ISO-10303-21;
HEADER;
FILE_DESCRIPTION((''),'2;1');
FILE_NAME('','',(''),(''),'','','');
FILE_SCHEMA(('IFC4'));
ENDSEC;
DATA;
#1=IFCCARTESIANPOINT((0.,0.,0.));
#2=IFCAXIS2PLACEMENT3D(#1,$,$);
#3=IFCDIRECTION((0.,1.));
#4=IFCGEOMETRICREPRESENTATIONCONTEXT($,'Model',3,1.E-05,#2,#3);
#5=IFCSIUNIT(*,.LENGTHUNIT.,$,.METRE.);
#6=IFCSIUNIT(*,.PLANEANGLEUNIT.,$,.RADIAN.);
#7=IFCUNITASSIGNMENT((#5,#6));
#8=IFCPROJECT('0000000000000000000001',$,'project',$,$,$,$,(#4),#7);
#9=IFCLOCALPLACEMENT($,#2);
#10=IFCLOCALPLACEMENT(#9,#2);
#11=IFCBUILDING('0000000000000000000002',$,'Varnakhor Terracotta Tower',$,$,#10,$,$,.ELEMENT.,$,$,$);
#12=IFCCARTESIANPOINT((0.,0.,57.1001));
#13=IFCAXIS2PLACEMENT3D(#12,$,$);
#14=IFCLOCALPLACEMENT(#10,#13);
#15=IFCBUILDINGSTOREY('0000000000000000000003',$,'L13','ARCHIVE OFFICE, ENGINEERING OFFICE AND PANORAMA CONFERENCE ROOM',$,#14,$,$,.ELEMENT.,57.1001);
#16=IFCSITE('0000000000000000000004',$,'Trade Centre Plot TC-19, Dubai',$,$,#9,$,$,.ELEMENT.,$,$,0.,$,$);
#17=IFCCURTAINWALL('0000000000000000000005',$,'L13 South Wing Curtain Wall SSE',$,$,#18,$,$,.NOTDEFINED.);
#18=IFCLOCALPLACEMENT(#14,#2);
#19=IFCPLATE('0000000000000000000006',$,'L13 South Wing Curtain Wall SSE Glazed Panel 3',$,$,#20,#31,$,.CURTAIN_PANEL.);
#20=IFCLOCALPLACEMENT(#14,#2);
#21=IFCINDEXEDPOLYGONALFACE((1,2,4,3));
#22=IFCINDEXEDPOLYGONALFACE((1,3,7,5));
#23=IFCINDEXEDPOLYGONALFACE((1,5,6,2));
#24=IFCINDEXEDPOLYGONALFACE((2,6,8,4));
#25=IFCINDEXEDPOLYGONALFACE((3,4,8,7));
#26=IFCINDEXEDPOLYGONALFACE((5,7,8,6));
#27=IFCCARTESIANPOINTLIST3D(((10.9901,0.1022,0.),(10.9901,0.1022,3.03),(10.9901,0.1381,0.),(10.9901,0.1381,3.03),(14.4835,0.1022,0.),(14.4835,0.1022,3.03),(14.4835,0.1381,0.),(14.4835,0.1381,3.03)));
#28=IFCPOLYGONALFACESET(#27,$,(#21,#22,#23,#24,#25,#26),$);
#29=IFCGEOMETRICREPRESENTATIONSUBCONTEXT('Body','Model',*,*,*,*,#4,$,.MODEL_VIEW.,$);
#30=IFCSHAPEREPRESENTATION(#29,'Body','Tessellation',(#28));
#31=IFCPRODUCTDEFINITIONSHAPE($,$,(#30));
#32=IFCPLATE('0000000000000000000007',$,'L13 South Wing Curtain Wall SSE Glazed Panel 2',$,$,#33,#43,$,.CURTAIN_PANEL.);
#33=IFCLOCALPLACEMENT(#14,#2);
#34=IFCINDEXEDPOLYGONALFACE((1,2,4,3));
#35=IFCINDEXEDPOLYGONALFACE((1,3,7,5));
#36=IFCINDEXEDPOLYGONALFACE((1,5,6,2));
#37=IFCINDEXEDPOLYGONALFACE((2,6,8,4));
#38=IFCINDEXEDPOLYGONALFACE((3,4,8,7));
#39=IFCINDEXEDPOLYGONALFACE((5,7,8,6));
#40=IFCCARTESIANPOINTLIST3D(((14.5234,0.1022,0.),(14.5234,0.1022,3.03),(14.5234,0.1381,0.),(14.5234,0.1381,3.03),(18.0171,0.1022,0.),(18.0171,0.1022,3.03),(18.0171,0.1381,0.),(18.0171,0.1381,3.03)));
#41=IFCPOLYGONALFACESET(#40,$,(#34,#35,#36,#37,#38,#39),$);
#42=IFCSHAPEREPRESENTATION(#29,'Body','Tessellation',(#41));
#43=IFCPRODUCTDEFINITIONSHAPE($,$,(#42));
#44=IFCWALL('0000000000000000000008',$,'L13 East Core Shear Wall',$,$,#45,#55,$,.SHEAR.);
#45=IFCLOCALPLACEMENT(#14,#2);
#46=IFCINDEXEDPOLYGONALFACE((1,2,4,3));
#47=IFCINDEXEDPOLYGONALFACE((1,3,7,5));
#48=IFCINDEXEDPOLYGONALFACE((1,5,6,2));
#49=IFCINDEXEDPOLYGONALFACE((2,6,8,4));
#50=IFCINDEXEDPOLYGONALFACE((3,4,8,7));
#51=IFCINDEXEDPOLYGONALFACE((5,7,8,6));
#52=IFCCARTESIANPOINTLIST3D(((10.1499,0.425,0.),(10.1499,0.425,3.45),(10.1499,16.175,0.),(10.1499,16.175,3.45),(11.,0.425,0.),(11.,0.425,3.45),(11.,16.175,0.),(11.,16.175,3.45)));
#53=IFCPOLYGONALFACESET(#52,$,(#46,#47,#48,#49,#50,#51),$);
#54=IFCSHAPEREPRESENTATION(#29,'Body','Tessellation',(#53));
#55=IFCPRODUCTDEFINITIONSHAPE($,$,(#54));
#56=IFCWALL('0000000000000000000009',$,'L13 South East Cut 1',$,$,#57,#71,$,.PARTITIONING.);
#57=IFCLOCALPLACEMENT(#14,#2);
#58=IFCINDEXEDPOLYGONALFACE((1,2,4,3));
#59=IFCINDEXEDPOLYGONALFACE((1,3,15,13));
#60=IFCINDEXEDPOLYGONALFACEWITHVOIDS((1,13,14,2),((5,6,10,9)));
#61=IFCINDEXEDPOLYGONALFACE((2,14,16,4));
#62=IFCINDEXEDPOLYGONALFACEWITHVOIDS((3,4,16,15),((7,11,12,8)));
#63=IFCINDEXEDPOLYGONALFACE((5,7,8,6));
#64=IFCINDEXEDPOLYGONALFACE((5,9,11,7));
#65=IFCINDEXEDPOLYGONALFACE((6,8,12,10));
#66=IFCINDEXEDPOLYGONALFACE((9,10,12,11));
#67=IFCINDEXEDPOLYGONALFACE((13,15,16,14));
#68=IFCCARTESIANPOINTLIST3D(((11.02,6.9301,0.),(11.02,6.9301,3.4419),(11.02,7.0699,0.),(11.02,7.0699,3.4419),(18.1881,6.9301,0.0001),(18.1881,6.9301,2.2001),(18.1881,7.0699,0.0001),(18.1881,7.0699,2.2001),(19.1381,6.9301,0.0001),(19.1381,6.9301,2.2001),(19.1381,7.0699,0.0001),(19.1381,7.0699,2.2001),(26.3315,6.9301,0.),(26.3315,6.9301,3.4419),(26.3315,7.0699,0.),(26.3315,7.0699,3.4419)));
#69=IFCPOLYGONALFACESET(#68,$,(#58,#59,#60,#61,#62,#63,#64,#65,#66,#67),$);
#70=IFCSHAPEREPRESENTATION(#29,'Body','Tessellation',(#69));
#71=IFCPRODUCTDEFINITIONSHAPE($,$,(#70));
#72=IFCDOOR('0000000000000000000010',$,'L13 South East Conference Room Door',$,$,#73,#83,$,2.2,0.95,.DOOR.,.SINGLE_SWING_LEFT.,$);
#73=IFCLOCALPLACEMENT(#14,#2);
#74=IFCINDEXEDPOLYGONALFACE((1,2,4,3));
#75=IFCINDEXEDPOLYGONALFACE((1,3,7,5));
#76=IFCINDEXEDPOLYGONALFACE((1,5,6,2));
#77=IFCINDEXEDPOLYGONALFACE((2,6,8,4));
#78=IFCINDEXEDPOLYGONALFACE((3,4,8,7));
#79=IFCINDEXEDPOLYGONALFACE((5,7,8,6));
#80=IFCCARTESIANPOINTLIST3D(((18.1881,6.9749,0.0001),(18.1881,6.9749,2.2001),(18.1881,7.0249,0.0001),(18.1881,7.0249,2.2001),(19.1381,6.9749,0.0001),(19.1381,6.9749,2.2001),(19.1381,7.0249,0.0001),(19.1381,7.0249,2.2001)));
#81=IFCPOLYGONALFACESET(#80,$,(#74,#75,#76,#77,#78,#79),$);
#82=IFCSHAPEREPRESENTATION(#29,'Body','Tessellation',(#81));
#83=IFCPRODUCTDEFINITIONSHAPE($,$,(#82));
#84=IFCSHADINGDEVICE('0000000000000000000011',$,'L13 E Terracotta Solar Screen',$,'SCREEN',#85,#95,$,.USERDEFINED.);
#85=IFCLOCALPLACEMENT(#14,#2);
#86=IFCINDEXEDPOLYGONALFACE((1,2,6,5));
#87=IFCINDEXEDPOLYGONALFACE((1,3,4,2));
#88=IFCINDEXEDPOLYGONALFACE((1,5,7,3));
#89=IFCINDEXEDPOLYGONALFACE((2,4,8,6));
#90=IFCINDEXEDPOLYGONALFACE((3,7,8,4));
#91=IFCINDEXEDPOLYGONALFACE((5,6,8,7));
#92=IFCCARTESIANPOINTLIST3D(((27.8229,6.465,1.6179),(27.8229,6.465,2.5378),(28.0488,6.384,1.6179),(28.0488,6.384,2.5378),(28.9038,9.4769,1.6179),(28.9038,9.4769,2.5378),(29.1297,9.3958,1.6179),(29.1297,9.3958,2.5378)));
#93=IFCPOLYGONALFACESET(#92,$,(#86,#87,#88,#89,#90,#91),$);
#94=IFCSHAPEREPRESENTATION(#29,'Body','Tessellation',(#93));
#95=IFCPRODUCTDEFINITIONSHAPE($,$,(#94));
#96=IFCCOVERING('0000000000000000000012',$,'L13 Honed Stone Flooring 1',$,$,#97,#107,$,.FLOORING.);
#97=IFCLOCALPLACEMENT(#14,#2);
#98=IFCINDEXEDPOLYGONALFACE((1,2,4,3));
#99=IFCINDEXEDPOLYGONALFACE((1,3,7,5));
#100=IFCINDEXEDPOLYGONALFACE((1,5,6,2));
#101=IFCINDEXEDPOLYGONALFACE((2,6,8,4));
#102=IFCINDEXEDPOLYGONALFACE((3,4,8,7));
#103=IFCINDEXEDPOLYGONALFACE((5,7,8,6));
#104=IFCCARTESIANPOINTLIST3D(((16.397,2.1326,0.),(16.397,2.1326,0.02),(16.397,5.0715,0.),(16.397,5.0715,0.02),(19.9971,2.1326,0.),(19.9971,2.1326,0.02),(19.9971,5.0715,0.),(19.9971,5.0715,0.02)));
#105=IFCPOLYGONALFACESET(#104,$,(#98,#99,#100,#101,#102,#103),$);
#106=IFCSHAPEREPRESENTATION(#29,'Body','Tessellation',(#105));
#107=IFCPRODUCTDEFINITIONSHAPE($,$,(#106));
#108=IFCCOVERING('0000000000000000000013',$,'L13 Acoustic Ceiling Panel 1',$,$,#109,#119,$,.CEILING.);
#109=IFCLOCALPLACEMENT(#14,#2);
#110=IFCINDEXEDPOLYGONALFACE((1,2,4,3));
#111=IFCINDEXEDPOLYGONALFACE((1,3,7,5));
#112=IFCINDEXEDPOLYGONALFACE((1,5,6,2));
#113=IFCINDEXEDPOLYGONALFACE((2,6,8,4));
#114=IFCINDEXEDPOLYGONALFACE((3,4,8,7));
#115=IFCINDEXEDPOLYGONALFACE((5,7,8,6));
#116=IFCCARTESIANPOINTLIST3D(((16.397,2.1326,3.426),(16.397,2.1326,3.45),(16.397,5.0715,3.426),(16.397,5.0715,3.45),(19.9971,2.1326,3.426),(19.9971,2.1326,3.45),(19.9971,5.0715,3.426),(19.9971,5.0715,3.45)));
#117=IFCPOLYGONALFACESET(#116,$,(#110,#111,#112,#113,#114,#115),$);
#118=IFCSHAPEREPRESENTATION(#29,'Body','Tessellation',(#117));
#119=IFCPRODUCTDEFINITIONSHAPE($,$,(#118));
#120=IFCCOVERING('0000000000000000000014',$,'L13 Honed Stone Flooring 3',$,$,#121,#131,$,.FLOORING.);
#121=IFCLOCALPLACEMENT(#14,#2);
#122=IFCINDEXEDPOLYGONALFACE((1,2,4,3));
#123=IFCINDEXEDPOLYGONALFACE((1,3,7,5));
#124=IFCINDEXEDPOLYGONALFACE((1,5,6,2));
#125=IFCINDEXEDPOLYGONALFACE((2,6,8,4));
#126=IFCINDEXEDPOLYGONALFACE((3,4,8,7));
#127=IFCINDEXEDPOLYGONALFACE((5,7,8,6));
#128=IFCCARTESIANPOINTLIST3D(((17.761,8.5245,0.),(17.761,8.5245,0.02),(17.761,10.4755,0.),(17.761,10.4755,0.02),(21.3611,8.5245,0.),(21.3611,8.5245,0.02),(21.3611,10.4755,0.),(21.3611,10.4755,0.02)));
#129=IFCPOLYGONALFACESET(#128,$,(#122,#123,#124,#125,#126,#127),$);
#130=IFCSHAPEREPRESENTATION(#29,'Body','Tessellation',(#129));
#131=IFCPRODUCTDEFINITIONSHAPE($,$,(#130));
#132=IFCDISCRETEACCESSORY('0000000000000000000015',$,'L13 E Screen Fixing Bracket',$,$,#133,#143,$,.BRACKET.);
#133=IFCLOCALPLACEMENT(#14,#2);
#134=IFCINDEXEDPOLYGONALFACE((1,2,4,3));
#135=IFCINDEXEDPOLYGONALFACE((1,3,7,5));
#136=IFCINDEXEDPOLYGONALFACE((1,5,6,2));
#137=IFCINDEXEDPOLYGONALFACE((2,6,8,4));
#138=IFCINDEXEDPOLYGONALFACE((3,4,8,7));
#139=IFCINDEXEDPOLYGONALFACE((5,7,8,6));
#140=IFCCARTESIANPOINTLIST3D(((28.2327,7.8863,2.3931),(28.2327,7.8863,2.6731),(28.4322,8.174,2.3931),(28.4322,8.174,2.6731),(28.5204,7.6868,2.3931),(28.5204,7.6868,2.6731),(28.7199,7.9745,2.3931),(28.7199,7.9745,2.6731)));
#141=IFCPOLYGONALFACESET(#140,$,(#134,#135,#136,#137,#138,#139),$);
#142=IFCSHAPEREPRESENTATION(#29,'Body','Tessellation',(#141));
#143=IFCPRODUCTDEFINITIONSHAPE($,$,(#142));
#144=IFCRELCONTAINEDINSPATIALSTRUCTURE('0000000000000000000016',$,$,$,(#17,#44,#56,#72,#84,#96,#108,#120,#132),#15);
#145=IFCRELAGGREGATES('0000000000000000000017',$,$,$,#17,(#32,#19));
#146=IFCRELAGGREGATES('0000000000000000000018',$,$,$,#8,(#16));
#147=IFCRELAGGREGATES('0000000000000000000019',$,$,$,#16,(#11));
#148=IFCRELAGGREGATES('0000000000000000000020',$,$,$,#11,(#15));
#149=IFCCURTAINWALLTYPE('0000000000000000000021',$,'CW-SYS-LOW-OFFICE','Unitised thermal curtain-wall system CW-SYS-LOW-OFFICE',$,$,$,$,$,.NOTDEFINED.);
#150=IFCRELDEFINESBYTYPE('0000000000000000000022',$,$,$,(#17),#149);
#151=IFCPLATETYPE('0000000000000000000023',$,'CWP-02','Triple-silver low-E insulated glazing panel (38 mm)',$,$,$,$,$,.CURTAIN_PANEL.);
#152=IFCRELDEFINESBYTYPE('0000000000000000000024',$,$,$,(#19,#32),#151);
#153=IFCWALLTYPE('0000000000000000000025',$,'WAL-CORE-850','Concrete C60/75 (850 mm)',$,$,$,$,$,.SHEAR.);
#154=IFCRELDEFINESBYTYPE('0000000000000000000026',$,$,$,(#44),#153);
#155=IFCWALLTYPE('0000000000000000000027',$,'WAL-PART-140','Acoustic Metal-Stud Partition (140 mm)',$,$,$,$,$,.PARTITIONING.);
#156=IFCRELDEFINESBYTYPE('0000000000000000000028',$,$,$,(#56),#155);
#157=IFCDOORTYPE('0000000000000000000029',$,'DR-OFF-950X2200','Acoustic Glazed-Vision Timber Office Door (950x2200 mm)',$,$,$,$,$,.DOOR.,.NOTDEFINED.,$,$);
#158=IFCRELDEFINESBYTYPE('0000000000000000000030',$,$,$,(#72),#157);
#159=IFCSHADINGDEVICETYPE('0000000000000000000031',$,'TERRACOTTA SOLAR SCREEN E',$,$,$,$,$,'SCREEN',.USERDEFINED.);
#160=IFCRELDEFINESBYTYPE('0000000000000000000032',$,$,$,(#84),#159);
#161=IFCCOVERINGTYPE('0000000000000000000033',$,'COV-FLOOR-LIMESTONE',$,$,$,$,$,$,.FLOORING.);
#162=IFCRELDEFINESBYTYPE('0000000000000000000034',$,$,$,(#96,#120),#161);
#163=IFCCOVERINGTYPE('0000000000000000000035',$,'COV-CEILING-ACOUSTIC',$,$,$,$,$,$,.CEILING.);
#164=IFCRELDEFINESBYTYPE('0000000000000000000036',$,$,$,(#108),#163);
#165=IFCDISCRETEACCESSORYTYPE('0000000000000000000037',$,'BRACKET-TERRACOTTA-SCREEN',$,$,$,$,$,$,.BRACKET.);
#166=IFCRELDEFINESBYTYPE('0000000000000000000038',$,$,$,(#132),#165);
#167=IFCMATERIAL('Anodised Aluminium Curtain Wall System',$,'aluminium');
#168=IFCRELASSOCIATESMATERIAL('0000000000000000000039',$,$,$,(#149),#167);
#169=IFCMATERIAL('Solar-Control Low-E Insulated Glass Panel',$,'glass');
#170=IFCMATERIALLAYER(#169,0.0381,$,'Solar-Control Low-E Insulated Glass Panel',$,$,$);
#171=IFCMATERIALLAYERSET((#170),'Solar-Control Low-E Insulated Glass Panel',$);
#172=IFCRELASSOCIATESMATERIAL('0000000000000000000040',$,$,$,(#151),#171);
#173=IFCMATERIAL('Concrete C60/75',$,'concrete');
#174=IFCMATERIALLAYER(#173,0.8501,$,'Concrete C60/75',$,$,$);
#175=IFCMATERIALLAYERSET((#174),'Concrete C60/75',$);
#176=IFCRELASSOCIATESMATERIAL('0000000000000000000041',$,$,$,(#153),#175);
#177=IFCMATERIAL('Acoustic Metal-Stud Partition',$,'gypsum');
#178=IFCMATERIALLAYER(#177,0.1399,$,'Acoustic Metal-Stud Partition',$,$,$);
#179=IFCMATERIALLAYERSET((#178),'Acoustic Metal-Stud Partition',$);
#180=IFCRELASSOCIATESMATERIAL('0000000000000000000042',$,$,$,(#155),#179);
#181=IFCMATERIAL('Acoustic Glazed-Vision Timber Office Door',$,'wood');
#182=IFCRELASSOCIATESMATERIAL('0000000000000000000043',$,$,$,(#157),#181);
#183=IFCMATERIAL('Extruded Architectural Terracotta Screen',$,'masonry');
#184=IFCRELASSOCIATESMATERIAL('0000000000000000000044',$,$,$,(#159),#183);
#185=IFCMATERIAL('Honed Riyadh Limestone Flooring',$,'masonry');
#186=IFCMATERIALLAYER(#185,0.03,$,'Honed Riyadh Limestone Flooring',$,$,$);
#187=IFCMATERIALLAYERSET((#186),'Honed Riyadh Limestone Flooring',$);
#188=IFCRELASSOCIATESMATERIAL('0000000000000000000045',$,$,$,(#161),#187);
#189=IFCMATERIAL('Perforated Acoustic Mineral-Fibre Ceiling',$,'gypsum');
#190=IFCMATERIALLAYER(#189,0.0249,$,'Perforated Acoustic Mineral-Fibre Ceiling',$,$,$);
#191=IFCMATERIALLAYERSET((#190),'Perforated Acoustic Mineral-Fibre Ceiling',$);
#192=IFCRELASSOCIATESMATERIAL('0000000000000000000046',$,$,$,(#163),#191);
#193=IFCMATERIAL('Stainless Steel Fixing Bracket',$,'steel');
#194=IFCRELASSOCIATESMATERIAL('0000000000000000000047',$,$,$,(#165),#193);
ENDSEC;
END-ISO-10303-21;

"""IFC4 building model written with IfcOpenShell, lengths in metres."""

from ifc_helpers import new_model, si_unit, direction, frame, frame_2d, origin, origin_2d, place, context, subcontext, project, spatial, rectangle, extrude, source, transform, mapped, material, layer, layer_set, type_object, type_shapes, element, fill, aggregate, save


model = new_model("IFC4")

# Units and contexts
model_context = context("Model", 3, precision=1e-05, world=origin(), true_north=direction((0.0, 1.0)))
body_context = subcontext(model_context, "Body", "Model", "MODEL_VIEW")
ifc_project = project(units=[si_unit("LENGTHUNIT", "METRE"), si_unit("PLANEANGLEUNIT", "RADIAN")], contexts=[model_context])

# Site, building, storey
site_placement = place(None, origin())
site = spatial("IfcSite", under=ifc_project, at=site_placement, Name="Trade Centre Plot TC-19, Dubai", CompositionType="ELEMENT", RefElevation=0.0)
building_placement = place(site_placement, origin())
building = spatial("IfcBuilding", under=site, at=building_placement, Name="Varnakhor Terracotta Tower", CompositionType="ELEMENT")
storey_placement = place(building_placement, frame((0.0, 0.0, 57.1001)))
storey = spatial("IfcBuildingStorey", under=building, at=storey_placement, Name="L13", Description="ARCHIVE OFFICE, ENGINEERING OFFICE AND PANORAMA CONFERENCE ROOM", CompositionType="ELEMENT", Elevation=57.1001)

# Curtain wall
ifc_material_1 = material(Name="Anodised Aluminium Curtain Wall System", Category="aluminium")
curtain_wall_type = type_object("IfcCurtainWallType", Name="CW-SYS-LOW-OFFICE", Description="Unitised thermal curtain-wall system CW-SYS-LOW-OFFICE", PredefinedType="NOTDEFINED", material=ifc_material_1)
curtain_wall_1_placement = place(storey_placement, origin())
curtain_wall_1 = element("IfcCurtainWall", 1, at=curtain_wall_1_placement, inside=storey, type_object=curtain_wall_type, Name="L13 South Wing Curtain Wall SSE", PredefinedType="NOTDEFINED")

# Plates
ifc_material_2 = material(Name="Solar-Control Low-E Insulated Glass Panel", Category="glass")
ifc_layer_1 = layer(ifc_material_2, 0.0381, Name="Solar-Control Low-E Insulated Glass Panel")
ifc_layer_set_1 = layer_set([ifc_layer_1], Name="Solar-Control Low-E Insulated Glass Panel")
plate_type = type_object("IfcPlateType", Name="CWP-02", Description="Triple-silver low-E insulated glazing panel (38 mm)", PredefinedType="CURTAIN_PANEL", material=ifc_layer_set_1)
shared_shape_1 = source(origin(), body_context, "Body", "SweptSolid", [
    extrude(rectangle(XDim=3.4934, YDim=0.0359, at=origin_2d()), origin(), (0.0, 0.0, 1.0), 3.03),
])
plate_1_placement = place(storey_placement, frame((12.7368, 0.1201, 0.0), z_axis=(0.0, 0.0, 1.0), x_axis=(-1.0, 0.0, 0.0)))
plate_1 = element("IfcPlate", 2, at=plate_1_placement, type_object=plate_type, Name="L13 South Wing Curtain Wall SSE Glazed Panel 3", PredefinedType="CURTAIN_PANEL", context=body_context, shape_type="MappedRepresentation", body=[
    mapped(shared_shape_1, transform((0.0, 0.0, 0.0), scale=1.0)),
])
shared_shape_2 = source(origin(), body_context, "Body", "SweptSolid", [
    extrude(rectangle(XDim=3.4937, YDim=0.0359, at=origin_2d()), origin(), (0.0, 0.0, 1.0), 3.03),
])
plate_2_placement = place(storey_placement, frame((16.2703, 0.1201, 0.0), z_axis=(0.0, 0.0, 1.0), x_axis=(-1.0, 0.0, 0.0)))
plate_2 = element("IfcPlate", 3, at=plate_2_placement, type_object=plate_type, Name="L13 South Wing Curtain Wall SSE Glazed Panel 2", PredefinedType="CURTAIN_PANEL", context=body_context, shape_type="MappedRepresentation", body=[
    mapped(shared_shape_2, transform((0.0, 0.0, 0.0), scale=1.0)),
])
aggregate(curtain_wall_1, [plate_2, plate_1])

# Wall
ifc_material_3 = material(Name="Concrete C60/75", Category="concrete")
ifc_layer_2 = layer(ifc_material_3, 0.8501, Name="Concrete C60/75")
ifc_layer_set_2 = layer_set([ifc_layer_2], Name="Concrete C60/75")
wall_type_1 = type_object("IfcWallType", Name="WAL-CORE-850", Description="Concrete C60/75 (850 mm)", PredefinedType="SHEAR", material=ifc_layer_set_2)
wall_1_placement = place(storey_placement, frame((10.575, 0.425, 0.0), z_axis=(0.0, 0.0, 1.0), x_axis=(0.0, 1.0, 0.0)))
element("IfcWall", 4, at=wall_1_placement, inside=storey, type_object=wall_type_1, Name="L13 East Core Shear Wall", PredefinedType="SHEAR", context=body_context, shape_type="SweptSolid", body=[
    extrude(rectangle(XDim=15.75, YDim=0.8501, at=frame_2d((7.875, 0.0))), origin(), (0.0, 0.0, 1.0), 3.45),
])

# Wall, opening, door
ifc_material_4 = material(Name="Acoustic Metal-Stud Partition", Category="gypsum")
ifc_layer_3 = layer(ifc_material_4, 0.1399, Name="Acoustic Metal-Stud Partition")
ifc_layer_set_3 = layer_set([ifc_layer_3], Name="Acoustic Metal-Stud Partition")
wall_type_2 = type_object("IfcWallType", Name="WAL-PART-140", Description="Acoustic Metal-Stud Partition (140 mm)", PredefinedType="PARTITIONING", material=ifc_layer_set_3)
wall_2_placement = place(storey_placement, frame((11.02, 7.0, 0.0), z_axis=(0.0, 0.0, 1.0), x_axis=(1.0, 0.0, 0.0)))
wall_2 = element("IfcWall", 5, at=wall_2_placement, inside=storey, type_object=wall_type_2, Name="L13 South East Cut 1", PredefinedType="PARTITIONING", context=body_context, shape_type="SweptSolid", body=[
    extrude(rectangle(XDim=15.3115, YDim=0.1399, at=frame_2d((7.6558, 0.0))), origin(), (0.0, 0.0, 1.0), 3.4419),
])
opening_placement = place(wall_2_placement, frame((7.168, 0.0, 0.0)))
opening = element("IfcOpeningElement", 6, at=opening_placement, cuts=wall_2, PredefinedType="OPENING", context=body_context, shape_type="SweptSolid", body=[
    extrude(rectangle(XDim=0.95, YDim=2.2, at=frame_2d((0.4751, 1.1001))), frame((0.0, 0.0801, 0.0), z_axis=(0.0, -1.0, 0.0), x_axis=(1.0, 0.0, 0.0)), (0.0, 0.0, 1.0), 0.1599),
])
ifc_material_5 = material(Name="Acoustic Glazed-Vision Timber Office Door", Category="wood")
door_type = type_object("IfcDoorType", Name="DR-OFF-950X2200", Description="Acoustic Glazed-Vision Timber Office Door (950x2200 mm)", OperationType="NOTDEFINED", PredefinedType="DOOR", material=ifc_material_5)
shared_shape_3 = source(origin(), body_context, "Body", "SweptSolid", [
    extrude(rectangle(XDim=0.95, YDim=2.2, at=frame_2d((0.4751, 1.1001))), frame((0.0, 0.0249, 0.0), z_axis=(0.0, -1.0, 0.0), x_axis=(1.0, 0.0, 0.0)), (0.0, 0.0, 1.0), 0.05),
])
type_shapes(door_type, [shared_shape_3])
door_placement = place(opening_placement, origin())
door = element("IfcDoor", 7, at=door_placement, inside=storey, type_object=door_type, Name="L13 South East Conference Room Door", OperationType="SINGLE_SWING_LEFT", OverallHeight=2.2, OverallWidth=0.95, PredefinedType="DOOR", context=body_context, shape_type="MappedRepresentation", body=[
    mapped(shared_shape_3, transform((0.0, 0.0, 0.0), scale=1.0)),
])
fill(opening, door)

# Shading device
ifc_material_6 = material(Name="Extruded Architectural Terracotta Screen", Category="masonry")
shading_device_type = type_object("IfcShadingDeviceType", Name="TERRACOTTA SOLAR SCREEN E", ElementType="SCREEN", PredefinedType="USERDEFINED", material=ifc_material_6)
shared_shape_4 = source(origin(), body_context, "Body", "SweptSolid", [
    extrude(rectangle(XDim=3.2, YDim=0.24, at=origin_2d()), origin(), (0.0, 0.0, 1.0), 0.9199),
])
type_shapes(shading_device_type, [shared_shape_4])
shading_device_placement = place(storey_placement, frame((28.4763, 7.9304, 1.6179), z_axis=(0.0, 0.0, 1.0), x_axis=(0.337785, 0.941223, 0.0)))
element("IfcShadingDevice", 8, at=shading_device_placement, inside=storey, type_object=shading_device_type, Name="L13 E Terracotta Solar Screen", ObjectType="SCREEN", PredefinedType="USERDEFINED", context=body_context, shape_type="MappedRepresentation", body=[
    mapped(shared_shape_4, transform((0.0, 0.0, 0.0), scale=1.0)),
])

# Coverings
ifc_material_7 = material(Name="Honed Riyadh Limestone Flooring", Category="masonry")
ifc_layer_4 = layer(ifc_material_7, 0.03, Name="Honed Riyadh Limestone Flooring")
ifc_layer_set_4 = layer_set([ifc_layer_4], Name="Honed Riyadh Limestone Flooring")
covering_type_1 = type_object("IfcCoveringType", Name="COV-FLOOR-LIMESTONE", PredefinedType="FLOORING", material=ifc_layer_set_4)
shared_shape_5 = source(origin(), body_context, "Body", "SweptSolid", [
    extrude(rectangle(XDim=3.6001, YDim=2.939, at=origin_2d()), origin(), (0.0, 0.0, 1.0), 0.02),
])
covering_1_placement = place(storey_placement, frame((18.197, 3.6021, 0.0), z_axis=(0.0, 0.0, 1.0), x_axis=(1.0, 0.0, 0.0)))
element("IfcCovering", 9, at=covering_1_placement, inside=storey, type_object=covering_type_1, Name="L13 Honed Stone Flooring 1", PredefinedType="FLOORING", context=body_context, shape_type="MappedRepresentation", body=[
    mapped(shared_shape_5, transform((0.0, 0.0, 0.0), scale=1.0)),
])
ifc_material_8 = material(Name="Perforated Acoustic Mineral-Fibre Ceiling", Category="gypsum")
ifc_layer_5 = layer(ifc_material_8, 0.0249, Name="Perforated Acoustic Mineral-Fibre Ceiling")
ifc_layer_set_5 = layer_set([ifc_layer_5], Name="Perforated Acoustic Mineral-Fibre Ceiling")
covering_type_2 = type_object("IfcCoveringType", Name="COV-CEILING-ACOUSTIC", PredefinedType="CEILING", material=ifc_layer_set_5)
shared_shape_6 = source(origin(), body_context, "Body", "SweptSolid", [
    extrude(rectangle(XDim=3.6001, YDim=2.939, at=origin_2d()), origin(), (0.0, 0.0, 1.0), 0.0239),
])
covering_2_placement = place(storey_placement, frame((18.197, 3.6021, 3.426), z_axis=(0.0, 0.0, 1.0), x_axis=(1.0, 0.0, 0.0)))
element("IfcCovering", 10, at=covering_2_placement, inside=storey, type_object=covering_type_2, Name="L13 Acoustic Ceiling Panel 1", PredefinedType="CEILING", context=body_context, shape_type="MappedRepresentation", body=[
    mapped(shared_shape_6, transform((0.0, 0.0, 0.0), scale=1.0)),
])
shared_shape_7 = source(origin(), body_context, "Body", "SweptSolid", [
    extrude(rectangle(XDim=3.6001, YDim=1.9509, at=origin_2d()), origin(), (0.0, 0.0, 1.0), 0.02),
])
covering_3_placement = place(storey_placement, frame((19.561, 9.5, 0.0), z_axis=(0.0, 0.0, 1.0), x_axis=(1.0, 0.0, 0.0)))
element("IfcCovering", 11, at=covering_3_placement, inside=storey, type_object=covering_type_1, Name="L13 Honed Stone Flooring 3", PredefinedType="FLOORING", context=body_context, shape_type="MappedRepresentation", body=[
    mapped(shared_shape_7, transform((0.0, 0.0, 0.0), scale=1.0)),
])

# Discrete accessory
ifc_material_9 = material(Name="Stainless Steel Fixing Bracket", Category="steel")
discrete_accessory_type = type_object("IfcDiscreteAccessoryType", Name="BRACKET-TERRACOTTA-SCREEN", PredefinedType="BRACKET", material=ifc_material_9)
shared_shape_8 = source(origin(), body_context, "Body", "SweptSolid", [
    extrude(rectangle(XDim=0.3501, YDim=0.3501, at=origin_2d()), origin(), (0.0, 0.0, 1.0), 0.28),
])
type_shapes(discrete_accessory_type, [shared_shape_8])
discrete_accessory_placement = place(storey_placement, frame((28.4763, 7.9304, 2.3931), z_axis=(0.0, 0.0, 1.0), x_axis=(0.569882, 0.821727, 0.0)))
element("IfcDiscreteAccessory", 12, at=discrete_accessory_placement, inside=storey, type_object=discrete_accessory_type, Name="L13 E Screen Fixing Bracket", PredefinedType="BRACKET", context=body_context, shape_type="MappedRepresentation", body=[
    mapped(shared_shape_8, transform((0.0, 0.0, 0.0), scale=1.0)),
])

save(model, "model.ifc")
